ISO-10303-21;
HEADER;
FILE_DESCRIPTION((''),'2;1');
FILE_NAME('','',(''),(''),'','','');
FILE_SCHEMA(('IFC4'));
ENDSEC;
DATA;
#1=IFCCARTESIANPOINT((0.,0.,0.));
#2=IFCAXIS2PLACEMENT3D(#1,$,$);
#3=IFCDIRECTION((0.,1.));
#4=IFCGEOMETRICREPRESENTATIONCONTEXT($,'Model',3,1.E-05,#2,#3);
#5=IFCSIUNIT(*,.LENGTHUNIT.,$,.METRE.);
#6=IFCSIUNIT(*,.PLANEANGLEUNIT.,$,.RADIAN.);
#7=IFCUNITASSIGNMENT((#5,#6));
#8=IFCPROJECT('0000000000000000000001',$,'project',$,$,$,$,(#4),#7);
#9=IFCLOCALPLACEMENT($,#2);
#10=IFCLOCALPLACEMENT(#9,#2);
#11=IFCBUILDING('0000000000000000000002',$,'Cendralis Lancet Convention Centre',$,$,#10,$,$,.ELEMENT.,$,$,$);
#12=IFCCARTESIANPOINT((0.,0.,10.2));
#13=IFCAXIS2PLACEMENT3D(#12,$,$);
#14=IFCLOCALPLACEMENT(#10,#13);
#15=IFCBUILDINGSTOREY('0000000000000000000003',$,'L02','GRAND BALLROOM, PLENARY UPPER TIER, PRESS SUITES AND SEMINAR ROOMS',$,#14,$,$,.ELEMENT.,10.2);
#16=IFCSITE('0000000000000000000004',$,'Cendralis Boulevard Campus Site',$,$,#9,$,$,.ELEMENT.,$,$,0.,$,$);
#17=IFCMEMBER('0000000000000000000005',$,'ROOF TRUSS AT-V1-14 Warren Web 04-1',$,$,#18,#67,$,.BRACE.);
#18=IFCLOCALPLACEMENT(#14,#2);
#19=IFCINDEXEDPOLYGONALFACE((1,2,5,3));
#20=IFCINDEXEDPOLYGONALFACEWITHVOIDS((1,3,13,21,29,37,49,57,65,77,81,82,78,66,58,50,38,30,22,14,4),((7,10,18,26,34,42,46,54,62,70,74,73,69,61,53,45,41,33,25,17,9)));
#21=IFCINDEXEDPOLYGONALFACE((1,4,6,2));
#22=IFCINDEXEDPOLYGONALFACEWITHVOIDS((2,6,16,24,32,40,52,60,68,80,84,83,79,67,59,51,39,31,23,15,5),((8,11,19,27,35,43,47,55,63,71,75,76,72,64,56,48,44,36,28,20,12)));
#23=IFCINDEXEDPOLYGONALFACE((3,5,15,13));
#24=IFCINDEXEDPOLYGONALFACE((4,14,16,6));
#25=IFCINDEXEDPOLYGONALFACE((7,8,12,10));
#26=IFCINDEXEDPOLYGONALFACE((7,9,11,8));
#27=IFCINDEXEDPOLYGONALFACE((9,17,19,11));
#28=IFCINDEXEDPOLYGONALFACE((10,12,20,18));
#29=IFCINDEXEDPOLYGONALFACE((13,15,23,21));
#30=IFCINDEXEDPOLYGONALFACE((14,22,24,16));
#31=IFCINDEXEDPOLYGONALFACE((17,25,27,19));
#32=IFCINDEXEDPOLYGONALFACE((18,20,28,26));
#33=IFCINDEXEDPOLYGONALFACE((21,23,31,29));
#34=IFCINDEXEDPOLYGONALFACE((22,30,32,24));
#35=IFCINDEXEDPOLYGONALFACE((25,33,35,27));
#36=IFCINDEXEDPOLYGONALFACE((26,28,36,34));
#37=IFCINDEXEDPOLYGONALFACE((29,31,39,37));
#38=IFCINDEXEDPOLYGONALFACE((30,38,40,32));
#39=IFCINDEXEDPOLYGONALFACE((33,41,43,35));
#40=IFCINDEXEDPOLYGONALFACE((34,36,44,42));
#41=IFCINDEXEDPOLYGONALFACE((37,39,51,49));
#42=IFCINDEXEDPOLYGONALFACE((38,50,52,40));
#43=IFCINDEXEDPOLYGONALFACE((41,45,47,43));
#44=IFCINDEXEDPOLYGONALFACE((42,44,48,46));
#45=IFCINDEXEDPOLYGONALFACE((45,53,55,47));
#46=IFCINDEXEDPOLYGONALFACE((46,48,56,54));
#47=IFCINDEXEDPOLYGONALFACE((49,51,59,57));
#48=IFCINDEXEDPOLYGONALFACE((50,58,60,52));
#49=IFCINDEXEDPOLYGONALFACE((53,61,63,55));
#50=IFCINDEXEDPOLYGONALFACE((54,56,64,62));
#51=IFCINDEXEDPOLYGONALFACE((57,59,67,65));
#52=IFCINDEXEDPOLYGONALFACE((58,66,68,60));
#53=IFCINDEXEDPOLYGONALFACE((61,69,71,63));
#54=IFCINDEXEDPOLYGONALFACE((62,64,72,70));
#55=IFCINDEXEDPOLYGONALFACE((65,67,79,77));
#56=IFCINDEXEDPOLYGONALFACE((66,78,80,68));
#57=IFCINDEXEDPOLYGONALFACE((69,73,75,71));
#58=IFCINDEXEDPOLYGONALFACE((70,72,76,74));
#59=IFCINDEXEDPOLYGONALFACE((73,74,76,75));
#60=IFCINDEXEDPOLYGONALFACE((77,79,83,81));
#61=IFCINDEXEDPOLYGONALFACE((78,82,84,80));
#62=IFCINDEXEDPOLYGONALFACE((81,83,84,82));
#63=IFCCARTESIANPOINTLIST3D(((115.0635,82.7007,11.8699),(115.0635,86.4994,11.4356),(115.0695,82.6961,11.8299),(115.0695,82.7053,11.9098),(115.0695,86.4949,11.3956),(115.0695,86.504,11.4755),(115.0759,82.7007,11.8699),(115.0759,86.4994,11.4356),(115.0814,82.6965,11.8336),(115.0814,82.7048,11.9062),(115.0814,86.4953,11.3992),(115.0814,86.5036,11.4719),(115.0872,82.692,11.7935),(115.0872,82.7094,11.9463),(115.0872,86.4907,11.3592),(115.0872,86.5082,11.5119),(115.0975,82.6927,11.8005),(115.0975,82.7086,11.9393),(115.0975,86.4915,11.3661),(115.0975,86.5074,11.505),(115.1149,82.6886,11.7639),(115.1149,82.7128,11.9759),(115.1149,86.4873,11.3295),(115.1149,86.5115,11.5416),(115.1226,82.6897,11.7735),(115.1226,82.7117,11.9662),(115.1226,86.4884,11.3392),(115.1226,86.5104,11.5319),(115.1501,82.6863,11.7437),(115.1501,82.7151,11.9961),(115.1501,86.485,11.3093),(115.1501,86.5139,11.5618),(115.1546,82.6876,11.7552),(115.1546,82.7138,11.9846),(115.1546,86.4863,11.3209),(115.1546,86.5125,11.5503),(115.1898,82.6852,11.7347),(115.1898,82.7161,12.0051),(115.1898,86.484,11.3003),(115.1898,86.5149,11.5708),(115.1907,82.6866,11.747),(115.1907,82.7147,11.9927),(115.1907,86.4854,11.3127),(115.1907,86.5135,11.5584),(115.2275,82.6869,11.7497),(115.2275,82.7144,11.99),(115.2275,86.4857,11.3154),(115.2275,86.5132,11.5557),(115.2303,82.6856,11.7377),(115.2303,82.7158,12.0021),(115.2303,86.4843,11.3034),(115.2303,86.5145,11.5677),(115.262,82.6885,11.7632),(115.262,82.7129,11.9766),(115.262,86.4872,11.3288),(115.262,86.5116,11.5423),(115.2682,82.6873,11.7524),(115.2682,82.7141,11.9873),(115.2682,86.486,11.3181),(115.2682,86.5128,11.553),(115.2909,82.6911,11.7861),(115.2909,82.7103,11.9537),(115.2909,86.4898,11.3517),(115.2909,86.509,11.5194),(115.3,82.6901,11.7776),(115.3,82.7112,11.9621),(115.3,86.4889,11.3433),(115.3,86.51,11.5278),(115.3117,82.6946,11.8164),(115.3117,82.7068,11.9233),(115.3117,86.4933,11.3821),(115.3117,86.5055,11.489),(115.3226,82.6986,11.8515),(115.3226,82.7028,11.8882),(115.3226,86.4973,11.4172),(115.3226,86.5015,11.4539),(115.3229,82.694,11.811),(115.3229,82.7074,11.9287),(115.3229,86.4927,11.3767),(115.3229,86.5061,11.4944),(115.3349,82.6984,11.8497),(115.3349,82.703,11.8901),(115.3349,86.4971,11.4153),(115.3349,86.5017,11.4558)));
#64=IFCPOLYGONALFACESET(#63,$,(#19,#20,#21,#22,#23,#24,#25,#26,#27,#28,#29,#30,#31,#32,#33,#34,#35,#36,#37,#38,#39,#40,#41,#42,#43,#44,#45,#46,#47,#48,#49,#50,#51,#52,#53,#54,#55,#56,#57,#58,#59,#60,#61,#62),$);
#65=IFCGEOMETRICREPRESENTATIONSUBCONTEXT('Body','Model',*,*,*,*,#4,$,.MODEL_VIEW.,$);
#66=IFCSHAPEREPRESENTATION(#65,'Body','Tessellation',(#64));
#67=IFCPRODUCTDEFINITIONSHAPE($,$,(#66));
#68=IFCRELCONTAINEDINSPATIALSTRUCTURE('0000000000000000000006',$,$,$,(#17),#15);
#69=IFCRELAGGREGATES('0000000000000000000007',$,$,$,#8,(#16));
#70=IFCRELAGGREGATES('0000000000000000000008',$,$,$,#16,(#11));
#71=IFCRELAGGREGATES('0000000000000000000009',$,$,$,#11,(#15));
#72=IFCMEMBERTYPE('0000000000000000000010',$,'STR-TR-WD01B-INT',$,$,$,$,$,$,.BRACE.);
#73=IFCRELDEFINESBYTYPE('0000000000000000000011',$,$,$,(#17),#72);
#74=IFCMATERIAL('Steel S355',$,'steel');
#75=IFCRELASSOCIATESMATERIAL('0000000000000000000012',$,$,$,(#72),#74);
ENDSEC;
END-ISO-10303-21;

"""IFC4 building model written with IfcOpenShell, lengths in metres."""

from ifc_helpers import new_model, si_unit, direction, frame, origin, origin_2d, place, context, subcontext, project, spatial, hollow_circle, extrude, material, material_profile, profile_set, type_object, element, save


model = new_model("IFC4")

# Units and contexts
model_context = context("Model", 3, precision=1e-05, world=origin(), true_north=direction((0.0, 1.0)))
body_context = subcontext(model_context, "Body", "Model", "MODEL_VIEW")
ifc_project = project(units=[si_unit("LENGTHUNIT", "METRE"), si_unit("PLANEANGLEUNIT", "RADIAN")], contexts=[model_context])

# Site, building, storey
site_placement = place(None, origin())
site = spatial("IfcSite", under=ifc_project, at=site_placement, Name="Cendralis Boulevard Campus Site", CompositionType="ELEMENT", RefElevation=0.0)
building_placement = place(site_placement, origin())
building = spatial("IfcBuilding", under=site, at=building_placement, Name="Cendralis Lancet Convention Centre", CompositionType="ELEMENT")
storey_placement = place(building_placement, frame((0.0, 0.0, 10.2)))
storey = spatial("IfcBuildingStorey", under=building, at=storey_placement, Name="L02", Description="GRAND BALLROOM, PLENARY UPPER TIER, PRESS SUITES AND SEMINAR ROOMS", CompositionType="ELEMENT", Elevation=10.2)

# Member
ifc_material = material(Name="Steel S355", Category="steel")
ifc_material_profile_1 = material_profile(ifc_material, hollow_circle(Radius=0.1365, WallThickness=0.0125, at=origin_2d()), Name="CHS 273.0x12.5")
ifc_profile_set_1 = profile_set([ifc_material_profile_1], Name="Steel S355")
member_type_1 = type_object("IfcMemberType", Name="STR-TR-WD01B-INT", PredefinedType="BRACE", material=ifc_profile_set_1)
member_1_placement = place(storey_placement, frame((115.2, 82.7007, 11.8699), z_axis=(0.0, 0.993528, -0.113592), x_axis=(-1.0, 0.0, 0.0)))
element("IfcMember", 1, at=member_1_placement, inside=storey, type_object=member_type_1, Name="ROOF TRUSS AT-V1-14 Warren Web 04-1", PredefinedType="BRACE", context=body_context, shape_type="SweptSolid", body=[
    extrude(hollow_circle(Radius=0.1365, WallThickness=0.0125, at=origin_2d()), origin(), (0.0, 0.0, 1.0), 3.8235),
])

save(model, "model.ifc")
